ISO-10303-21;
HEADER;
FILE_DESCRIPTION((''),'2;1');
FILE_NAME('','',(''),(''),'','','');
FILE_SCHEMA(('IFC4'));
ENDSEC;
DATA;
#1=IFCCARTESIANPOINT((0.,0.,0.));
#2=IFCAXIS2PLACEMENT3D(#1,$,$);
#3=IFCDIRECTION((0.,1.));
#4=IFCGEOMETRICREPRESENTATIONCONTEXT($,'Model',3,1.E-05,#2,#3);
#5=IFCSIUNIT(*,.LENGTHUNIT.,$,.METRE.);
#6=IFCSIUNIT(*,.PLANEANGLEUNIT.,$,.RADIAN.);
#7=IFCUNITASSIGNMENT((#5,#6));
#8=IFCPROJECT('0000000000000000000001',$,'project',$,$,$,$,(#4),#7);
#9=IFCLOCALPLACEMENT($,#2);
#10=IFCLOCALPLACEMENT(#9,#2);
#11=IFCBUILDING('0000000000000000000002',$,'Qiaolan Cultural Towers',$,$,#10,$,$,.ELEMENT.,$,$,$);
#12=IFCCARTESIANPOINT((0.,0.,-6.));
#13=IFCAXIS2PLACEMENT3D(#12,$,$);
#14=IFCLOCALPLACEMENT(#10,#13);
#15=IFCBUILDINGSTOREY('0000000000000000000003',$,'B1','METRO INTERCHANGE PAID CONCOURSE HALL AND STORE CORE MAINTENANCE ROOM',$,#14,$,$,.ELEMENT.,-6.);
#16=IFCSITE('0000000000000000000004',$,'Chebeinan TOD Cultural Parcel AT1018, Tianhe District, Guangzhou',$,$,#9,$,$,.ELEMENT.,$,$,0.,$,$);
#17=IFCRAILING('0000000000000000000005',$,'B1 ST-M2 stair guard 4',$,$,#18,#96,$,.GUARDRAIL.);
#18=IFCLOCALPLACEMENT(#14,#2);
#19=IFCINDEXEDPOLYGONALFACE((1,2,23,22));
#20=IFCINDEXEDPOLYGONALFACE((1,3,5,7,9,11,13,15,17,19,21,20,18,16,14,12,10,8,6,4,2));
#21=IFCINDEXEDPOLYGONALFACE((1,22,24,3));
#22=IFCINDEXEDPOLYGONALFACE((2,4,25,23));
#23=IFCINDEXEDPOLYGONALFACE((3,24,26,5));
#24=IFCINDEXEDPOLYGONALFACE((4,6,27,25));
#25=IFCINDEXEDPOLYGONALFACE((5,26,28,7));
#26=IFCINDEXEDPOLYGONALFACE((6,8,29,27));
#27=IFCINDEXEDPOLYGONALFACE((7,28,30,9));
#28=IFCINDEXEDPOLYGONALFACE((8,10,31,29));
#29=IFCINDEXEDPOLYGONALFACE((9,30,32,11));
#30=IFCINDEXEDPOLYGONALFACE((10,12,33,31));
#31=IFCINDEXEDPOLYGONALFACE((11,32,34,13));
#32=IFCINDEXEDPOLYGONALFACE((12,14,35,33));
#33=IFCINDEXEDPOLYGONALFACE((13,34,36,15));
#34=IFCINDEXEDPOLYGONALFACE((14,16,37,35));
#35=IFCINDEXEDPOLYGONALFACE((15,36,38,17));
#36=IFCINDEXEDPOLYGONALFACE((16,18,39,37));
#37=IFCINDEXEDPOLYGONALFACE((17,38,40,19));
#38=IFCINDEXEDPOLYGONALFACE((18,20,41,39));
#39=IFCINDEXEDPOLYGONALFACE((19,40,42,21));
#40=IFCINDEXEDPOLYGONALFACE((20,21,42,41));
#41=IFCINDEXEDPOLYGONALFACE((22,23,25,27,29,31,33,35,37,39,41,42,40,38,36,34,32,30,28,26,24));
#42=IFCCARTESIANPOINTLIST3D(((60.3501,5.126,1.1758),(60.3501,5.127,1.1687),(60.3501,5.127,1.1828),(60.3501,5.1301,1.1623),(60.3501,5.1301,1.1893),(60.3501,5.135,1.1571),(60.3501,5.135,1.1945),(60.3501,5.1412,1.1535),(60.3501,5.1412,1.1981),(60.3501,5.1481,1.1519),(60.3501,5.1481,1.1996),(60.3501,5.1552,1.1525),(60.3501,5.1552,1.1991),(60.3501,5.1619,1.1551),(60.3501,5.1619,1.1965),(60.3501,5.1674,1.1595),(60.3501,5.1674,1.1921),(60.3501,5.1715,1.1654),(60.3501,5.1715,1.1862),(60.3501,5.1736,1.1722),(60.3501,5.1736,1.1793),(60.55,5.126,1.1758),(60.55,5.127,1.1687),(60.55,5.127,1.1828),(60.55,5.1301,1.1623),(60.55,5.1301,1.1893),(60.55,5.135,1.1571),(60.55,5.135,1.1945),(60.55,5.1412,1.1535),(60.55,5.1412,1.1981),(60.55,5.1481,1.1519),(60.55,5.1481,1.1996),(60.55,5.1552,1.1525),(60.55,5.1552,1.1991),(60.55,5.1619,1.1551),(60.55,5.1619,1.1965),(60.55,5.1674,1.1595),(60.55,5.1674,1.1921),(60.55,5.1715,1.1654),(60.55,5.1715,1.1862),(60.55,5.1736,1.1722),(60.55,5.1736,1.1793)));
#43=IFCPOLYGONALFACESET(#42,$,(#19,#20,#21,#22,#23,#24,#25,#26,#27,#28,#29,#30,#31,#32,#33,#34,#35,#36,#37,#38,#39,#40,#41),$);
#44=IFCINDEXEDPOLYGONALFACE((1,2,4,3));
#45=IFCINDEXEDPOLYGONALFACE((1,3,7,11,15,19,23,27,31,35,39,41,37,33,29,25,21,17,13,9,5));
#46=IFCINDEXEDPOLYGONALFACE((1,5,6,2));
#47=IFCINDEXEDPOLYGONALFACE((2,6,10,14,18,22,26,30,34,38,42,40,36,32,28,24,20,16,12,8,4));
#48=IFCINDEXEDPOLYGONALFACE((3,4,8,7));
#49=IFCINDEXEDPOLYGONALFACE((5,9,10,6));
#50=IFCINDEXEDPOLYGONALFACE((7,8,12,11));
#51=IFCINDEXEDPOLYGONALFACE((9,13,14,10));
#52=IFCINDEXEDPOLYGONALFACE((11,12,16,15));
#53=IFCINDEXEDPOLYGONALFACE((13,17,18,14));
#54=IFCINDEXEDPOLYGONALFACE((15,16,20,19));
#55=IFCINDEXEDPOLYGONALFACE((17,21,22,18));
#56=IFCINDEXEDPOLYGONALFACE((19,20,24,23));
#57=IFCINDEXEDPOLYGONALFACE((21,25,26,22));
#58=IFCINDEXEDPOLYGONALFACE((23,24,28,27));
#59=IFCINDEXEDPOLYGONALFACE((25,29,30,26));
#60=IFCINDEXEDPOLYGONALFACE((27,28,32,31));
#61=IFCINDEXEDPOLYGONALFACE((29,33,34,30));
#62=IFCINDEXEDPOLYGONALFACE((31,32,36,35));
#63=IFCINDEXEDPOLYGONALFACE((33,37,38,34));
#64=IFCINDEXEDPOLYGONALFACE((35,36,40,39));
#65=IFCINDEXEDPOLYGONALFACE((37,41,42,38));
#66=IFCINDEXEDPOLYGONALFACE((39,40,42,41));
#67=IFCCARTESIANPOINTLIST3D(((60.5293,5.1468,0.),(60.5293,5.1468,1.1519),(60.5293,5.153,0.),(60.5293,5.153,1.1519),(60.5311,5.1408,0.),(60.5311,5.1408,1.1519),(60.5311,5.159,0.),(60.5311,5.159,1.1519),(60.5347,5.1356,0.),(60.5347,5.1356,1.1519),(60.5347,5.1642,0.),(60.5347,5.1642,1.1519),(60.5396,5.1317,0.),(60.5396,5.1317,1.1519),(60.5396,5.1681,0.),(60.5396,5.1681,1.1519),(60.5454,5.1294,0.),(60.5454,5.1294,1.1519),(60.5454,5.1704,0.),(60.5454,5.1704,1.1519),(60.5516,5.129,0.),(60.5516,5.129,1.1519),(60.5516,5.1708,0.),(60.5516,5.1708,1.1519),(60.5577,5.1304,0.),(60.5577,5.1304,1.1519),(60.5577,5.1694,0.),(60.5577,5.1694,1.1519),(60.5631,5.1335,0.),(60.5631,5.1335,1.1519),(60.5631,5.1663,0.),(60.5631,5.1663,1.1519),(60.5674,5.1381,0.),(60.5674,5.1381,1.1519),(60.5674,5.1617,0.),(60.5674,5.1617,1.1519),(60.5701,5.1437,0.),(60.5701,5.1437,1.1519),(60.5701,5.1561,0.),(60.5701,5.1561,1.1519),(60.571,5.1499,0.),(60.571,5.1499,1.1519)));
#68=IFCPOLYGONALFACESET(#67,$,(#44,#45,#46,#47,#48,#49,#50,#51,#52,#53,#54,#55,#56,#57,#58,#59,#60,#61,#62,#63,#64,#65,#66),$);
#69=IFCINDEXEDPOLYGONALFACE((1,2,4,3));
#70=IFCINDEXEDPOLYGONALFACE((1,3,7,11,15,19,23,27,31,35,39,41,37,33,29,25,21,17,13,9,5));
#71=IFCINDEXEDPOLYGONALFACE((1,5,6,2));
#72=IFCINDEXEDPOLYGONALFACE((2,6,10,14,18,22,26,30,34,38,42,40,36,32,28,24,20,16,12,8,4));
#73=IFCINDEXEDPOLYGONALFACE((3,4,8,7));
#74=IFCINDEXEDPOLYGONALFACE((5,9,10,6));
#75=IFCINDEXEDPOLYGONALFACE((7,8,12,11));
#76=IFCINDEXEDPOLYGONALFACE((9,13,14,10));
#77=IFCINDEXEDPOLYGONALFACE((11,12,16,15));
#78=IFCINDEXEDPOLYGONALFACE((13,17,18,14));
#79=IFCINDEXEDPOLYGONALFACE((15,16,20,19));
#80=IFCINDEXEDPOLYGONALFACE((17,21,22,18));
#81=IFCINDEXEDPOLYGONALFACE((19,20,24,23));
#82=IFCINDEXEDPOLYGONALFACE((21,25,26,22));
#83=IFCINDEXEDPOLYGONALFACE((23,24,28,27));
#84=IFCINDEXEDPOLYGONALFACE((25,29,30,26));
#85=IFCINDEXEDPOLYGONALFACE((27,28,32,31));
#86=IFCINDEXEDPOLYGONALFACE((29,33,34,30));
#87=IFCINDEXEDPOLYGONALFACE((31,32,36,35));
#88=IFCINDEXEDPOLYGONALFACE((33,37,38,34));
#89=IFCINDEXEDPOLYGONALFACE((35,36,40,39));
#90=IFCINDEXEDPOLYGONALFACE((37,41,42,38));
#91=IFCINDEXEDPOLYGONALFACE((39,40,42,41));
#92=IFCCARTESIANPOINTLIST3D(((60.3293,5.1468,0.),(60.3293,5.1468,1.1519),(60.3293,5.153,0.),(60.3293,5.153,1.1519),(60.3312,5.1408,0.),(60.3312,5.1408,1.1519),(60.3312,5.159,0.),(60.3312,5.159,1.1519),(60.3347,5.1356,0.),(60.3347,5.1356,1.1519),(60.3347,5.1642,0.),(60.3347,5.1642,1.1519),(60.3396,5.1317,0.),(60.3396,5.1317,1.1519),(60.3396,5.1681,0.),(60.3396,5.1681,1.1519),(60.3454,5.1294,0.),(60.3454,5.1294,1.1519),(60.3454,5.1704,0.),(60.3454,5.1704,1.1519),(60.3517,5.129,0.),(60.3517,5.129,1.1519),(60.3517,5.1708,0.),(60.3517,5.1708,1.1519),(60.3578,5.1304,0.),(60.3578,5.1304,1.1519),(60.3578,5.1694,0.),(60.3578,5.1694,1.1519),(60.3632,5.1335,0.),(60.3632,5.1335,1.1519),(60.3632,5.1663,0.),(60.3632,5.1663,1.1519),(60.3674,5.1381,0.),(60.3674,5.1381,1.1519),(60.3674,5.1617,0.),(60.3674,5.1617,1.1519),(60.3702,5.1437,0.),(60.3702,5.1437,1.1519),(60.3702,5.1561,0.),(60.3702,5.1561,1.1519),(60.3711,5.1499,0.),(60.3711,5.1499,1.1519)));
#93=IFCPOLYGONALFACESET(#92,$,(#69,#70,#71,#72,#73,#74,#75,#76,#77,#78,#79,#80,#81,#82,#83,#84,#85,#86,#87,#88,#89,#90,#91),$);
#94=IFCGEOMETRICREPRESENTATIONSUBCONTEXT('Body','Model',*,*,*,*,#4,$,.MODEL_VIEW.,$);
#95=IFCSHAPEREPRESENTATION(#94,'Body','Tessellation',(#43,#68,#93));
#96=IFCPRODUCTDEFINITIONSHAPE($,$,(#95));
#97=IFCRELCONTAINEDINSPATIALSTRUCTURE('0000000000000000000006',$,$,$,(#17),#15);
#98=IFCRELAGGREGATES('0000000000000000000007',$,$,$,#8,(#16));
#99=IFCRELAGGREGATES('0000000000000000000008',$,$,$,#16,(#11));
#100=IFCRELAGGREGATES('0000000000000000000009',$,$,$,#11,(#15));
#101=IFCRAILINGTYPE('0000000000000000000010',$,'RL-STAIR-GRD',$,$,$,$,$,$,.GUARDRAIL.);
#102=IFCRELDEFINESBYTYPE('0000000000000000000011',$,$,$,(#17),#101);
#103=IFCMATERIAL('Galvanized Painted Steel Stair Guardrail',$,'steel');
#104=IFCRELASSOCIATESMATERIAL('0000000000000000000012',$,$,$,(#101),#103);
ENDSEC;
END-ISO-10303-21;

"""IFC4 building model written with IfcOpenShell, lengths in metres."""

from ifc_helpers import new_model, si_unit, direction, frame, origin, origin_2d, place, context, subcontext, project, spatial, circle, extrude, material, type_object, element, save


model = new_model("IFC4")

# Units and contexts
model_context = context("Model", 3, precision=1e-05, world=origin(), true_north=direction((0.0, 1.0)))
body_context = subcontext(model_context, "Body", "Model", "MODEL_VIEW")
ifc_project = project(units=[si_unit("LENGTHUNIT", "METRE"), si_unit("PLANEANGLEUNIT", "RADIAN")], contexts=[model_context])

# Site, building, storey
site_placement = place(None, origin())
site = spatial("IfcSite", under=ifc_project, at=site_placement, Name="Chebeinan TOD Cultural Parcel AT1018, Tianhe District, Guangzhou", CompositionType="ELEMENT", RefElevation=0.0)
building_placement = place(site_placement, origin())
building = spatial("IfcBuilding", under=site, at=building_placement, Name="Qiaolan Cultural Towers", CompositionType="ELEMENT")
storey_placement = place(building_placement, frame((0.0, 0.0, -6.0)))
storey = spatial("IfcBuildingStorey", under=building, at=storey_placement, Name="B1", Description="METRO INTERCHANGE PAID CONCOURSE HALL AND STORE CORE MAINTENANCE ROOM", CompositionType="ELEMENT", Elevation=-6.0)

# Railing
ifc_material_1 = material(Name="Galvanized Painted Steel Stair Guardrail", Category="steel")
railing_type_1 = type_object("IfcRailingType", Name="RL-STAIR-GRD", PredefinedType="GUARDRAIL", material=ifc_material_1)
railing_1_placement = place(storey_placement, frame((60.55, 5.1499, 0.0)))
element("IfcRailing", 1, at=railing_1_placement, inside=storey, type_object=railing_type_1, Name="B1 ST-M2 stair guard 4", PredefinedType="GUARDRAIL", context=body_context, shape_type="SweptSolid", body=[
    extrude(circle(Radius=0.0239, at=origin_2d()), frame((0.0, 0.0, 1.1758), z_axis=(-1.0, 0.0, 0.0), x_axis=(0.0, -1.0, 0.0)), (0.0, 0.0, 1.0), 0.2),
    extrude(circle(Radius=0.021, at=origin_2d()), origin(), (0.0, 0.0, 1.0), 1.1519),
    extrude(circle(Radius=0.021, at=origin_2d()), frame((-0.2, 0.0, 0.0)), (0.0, 0.0, 1.0), 1.1519),
])

save(model, "model.ifc")
